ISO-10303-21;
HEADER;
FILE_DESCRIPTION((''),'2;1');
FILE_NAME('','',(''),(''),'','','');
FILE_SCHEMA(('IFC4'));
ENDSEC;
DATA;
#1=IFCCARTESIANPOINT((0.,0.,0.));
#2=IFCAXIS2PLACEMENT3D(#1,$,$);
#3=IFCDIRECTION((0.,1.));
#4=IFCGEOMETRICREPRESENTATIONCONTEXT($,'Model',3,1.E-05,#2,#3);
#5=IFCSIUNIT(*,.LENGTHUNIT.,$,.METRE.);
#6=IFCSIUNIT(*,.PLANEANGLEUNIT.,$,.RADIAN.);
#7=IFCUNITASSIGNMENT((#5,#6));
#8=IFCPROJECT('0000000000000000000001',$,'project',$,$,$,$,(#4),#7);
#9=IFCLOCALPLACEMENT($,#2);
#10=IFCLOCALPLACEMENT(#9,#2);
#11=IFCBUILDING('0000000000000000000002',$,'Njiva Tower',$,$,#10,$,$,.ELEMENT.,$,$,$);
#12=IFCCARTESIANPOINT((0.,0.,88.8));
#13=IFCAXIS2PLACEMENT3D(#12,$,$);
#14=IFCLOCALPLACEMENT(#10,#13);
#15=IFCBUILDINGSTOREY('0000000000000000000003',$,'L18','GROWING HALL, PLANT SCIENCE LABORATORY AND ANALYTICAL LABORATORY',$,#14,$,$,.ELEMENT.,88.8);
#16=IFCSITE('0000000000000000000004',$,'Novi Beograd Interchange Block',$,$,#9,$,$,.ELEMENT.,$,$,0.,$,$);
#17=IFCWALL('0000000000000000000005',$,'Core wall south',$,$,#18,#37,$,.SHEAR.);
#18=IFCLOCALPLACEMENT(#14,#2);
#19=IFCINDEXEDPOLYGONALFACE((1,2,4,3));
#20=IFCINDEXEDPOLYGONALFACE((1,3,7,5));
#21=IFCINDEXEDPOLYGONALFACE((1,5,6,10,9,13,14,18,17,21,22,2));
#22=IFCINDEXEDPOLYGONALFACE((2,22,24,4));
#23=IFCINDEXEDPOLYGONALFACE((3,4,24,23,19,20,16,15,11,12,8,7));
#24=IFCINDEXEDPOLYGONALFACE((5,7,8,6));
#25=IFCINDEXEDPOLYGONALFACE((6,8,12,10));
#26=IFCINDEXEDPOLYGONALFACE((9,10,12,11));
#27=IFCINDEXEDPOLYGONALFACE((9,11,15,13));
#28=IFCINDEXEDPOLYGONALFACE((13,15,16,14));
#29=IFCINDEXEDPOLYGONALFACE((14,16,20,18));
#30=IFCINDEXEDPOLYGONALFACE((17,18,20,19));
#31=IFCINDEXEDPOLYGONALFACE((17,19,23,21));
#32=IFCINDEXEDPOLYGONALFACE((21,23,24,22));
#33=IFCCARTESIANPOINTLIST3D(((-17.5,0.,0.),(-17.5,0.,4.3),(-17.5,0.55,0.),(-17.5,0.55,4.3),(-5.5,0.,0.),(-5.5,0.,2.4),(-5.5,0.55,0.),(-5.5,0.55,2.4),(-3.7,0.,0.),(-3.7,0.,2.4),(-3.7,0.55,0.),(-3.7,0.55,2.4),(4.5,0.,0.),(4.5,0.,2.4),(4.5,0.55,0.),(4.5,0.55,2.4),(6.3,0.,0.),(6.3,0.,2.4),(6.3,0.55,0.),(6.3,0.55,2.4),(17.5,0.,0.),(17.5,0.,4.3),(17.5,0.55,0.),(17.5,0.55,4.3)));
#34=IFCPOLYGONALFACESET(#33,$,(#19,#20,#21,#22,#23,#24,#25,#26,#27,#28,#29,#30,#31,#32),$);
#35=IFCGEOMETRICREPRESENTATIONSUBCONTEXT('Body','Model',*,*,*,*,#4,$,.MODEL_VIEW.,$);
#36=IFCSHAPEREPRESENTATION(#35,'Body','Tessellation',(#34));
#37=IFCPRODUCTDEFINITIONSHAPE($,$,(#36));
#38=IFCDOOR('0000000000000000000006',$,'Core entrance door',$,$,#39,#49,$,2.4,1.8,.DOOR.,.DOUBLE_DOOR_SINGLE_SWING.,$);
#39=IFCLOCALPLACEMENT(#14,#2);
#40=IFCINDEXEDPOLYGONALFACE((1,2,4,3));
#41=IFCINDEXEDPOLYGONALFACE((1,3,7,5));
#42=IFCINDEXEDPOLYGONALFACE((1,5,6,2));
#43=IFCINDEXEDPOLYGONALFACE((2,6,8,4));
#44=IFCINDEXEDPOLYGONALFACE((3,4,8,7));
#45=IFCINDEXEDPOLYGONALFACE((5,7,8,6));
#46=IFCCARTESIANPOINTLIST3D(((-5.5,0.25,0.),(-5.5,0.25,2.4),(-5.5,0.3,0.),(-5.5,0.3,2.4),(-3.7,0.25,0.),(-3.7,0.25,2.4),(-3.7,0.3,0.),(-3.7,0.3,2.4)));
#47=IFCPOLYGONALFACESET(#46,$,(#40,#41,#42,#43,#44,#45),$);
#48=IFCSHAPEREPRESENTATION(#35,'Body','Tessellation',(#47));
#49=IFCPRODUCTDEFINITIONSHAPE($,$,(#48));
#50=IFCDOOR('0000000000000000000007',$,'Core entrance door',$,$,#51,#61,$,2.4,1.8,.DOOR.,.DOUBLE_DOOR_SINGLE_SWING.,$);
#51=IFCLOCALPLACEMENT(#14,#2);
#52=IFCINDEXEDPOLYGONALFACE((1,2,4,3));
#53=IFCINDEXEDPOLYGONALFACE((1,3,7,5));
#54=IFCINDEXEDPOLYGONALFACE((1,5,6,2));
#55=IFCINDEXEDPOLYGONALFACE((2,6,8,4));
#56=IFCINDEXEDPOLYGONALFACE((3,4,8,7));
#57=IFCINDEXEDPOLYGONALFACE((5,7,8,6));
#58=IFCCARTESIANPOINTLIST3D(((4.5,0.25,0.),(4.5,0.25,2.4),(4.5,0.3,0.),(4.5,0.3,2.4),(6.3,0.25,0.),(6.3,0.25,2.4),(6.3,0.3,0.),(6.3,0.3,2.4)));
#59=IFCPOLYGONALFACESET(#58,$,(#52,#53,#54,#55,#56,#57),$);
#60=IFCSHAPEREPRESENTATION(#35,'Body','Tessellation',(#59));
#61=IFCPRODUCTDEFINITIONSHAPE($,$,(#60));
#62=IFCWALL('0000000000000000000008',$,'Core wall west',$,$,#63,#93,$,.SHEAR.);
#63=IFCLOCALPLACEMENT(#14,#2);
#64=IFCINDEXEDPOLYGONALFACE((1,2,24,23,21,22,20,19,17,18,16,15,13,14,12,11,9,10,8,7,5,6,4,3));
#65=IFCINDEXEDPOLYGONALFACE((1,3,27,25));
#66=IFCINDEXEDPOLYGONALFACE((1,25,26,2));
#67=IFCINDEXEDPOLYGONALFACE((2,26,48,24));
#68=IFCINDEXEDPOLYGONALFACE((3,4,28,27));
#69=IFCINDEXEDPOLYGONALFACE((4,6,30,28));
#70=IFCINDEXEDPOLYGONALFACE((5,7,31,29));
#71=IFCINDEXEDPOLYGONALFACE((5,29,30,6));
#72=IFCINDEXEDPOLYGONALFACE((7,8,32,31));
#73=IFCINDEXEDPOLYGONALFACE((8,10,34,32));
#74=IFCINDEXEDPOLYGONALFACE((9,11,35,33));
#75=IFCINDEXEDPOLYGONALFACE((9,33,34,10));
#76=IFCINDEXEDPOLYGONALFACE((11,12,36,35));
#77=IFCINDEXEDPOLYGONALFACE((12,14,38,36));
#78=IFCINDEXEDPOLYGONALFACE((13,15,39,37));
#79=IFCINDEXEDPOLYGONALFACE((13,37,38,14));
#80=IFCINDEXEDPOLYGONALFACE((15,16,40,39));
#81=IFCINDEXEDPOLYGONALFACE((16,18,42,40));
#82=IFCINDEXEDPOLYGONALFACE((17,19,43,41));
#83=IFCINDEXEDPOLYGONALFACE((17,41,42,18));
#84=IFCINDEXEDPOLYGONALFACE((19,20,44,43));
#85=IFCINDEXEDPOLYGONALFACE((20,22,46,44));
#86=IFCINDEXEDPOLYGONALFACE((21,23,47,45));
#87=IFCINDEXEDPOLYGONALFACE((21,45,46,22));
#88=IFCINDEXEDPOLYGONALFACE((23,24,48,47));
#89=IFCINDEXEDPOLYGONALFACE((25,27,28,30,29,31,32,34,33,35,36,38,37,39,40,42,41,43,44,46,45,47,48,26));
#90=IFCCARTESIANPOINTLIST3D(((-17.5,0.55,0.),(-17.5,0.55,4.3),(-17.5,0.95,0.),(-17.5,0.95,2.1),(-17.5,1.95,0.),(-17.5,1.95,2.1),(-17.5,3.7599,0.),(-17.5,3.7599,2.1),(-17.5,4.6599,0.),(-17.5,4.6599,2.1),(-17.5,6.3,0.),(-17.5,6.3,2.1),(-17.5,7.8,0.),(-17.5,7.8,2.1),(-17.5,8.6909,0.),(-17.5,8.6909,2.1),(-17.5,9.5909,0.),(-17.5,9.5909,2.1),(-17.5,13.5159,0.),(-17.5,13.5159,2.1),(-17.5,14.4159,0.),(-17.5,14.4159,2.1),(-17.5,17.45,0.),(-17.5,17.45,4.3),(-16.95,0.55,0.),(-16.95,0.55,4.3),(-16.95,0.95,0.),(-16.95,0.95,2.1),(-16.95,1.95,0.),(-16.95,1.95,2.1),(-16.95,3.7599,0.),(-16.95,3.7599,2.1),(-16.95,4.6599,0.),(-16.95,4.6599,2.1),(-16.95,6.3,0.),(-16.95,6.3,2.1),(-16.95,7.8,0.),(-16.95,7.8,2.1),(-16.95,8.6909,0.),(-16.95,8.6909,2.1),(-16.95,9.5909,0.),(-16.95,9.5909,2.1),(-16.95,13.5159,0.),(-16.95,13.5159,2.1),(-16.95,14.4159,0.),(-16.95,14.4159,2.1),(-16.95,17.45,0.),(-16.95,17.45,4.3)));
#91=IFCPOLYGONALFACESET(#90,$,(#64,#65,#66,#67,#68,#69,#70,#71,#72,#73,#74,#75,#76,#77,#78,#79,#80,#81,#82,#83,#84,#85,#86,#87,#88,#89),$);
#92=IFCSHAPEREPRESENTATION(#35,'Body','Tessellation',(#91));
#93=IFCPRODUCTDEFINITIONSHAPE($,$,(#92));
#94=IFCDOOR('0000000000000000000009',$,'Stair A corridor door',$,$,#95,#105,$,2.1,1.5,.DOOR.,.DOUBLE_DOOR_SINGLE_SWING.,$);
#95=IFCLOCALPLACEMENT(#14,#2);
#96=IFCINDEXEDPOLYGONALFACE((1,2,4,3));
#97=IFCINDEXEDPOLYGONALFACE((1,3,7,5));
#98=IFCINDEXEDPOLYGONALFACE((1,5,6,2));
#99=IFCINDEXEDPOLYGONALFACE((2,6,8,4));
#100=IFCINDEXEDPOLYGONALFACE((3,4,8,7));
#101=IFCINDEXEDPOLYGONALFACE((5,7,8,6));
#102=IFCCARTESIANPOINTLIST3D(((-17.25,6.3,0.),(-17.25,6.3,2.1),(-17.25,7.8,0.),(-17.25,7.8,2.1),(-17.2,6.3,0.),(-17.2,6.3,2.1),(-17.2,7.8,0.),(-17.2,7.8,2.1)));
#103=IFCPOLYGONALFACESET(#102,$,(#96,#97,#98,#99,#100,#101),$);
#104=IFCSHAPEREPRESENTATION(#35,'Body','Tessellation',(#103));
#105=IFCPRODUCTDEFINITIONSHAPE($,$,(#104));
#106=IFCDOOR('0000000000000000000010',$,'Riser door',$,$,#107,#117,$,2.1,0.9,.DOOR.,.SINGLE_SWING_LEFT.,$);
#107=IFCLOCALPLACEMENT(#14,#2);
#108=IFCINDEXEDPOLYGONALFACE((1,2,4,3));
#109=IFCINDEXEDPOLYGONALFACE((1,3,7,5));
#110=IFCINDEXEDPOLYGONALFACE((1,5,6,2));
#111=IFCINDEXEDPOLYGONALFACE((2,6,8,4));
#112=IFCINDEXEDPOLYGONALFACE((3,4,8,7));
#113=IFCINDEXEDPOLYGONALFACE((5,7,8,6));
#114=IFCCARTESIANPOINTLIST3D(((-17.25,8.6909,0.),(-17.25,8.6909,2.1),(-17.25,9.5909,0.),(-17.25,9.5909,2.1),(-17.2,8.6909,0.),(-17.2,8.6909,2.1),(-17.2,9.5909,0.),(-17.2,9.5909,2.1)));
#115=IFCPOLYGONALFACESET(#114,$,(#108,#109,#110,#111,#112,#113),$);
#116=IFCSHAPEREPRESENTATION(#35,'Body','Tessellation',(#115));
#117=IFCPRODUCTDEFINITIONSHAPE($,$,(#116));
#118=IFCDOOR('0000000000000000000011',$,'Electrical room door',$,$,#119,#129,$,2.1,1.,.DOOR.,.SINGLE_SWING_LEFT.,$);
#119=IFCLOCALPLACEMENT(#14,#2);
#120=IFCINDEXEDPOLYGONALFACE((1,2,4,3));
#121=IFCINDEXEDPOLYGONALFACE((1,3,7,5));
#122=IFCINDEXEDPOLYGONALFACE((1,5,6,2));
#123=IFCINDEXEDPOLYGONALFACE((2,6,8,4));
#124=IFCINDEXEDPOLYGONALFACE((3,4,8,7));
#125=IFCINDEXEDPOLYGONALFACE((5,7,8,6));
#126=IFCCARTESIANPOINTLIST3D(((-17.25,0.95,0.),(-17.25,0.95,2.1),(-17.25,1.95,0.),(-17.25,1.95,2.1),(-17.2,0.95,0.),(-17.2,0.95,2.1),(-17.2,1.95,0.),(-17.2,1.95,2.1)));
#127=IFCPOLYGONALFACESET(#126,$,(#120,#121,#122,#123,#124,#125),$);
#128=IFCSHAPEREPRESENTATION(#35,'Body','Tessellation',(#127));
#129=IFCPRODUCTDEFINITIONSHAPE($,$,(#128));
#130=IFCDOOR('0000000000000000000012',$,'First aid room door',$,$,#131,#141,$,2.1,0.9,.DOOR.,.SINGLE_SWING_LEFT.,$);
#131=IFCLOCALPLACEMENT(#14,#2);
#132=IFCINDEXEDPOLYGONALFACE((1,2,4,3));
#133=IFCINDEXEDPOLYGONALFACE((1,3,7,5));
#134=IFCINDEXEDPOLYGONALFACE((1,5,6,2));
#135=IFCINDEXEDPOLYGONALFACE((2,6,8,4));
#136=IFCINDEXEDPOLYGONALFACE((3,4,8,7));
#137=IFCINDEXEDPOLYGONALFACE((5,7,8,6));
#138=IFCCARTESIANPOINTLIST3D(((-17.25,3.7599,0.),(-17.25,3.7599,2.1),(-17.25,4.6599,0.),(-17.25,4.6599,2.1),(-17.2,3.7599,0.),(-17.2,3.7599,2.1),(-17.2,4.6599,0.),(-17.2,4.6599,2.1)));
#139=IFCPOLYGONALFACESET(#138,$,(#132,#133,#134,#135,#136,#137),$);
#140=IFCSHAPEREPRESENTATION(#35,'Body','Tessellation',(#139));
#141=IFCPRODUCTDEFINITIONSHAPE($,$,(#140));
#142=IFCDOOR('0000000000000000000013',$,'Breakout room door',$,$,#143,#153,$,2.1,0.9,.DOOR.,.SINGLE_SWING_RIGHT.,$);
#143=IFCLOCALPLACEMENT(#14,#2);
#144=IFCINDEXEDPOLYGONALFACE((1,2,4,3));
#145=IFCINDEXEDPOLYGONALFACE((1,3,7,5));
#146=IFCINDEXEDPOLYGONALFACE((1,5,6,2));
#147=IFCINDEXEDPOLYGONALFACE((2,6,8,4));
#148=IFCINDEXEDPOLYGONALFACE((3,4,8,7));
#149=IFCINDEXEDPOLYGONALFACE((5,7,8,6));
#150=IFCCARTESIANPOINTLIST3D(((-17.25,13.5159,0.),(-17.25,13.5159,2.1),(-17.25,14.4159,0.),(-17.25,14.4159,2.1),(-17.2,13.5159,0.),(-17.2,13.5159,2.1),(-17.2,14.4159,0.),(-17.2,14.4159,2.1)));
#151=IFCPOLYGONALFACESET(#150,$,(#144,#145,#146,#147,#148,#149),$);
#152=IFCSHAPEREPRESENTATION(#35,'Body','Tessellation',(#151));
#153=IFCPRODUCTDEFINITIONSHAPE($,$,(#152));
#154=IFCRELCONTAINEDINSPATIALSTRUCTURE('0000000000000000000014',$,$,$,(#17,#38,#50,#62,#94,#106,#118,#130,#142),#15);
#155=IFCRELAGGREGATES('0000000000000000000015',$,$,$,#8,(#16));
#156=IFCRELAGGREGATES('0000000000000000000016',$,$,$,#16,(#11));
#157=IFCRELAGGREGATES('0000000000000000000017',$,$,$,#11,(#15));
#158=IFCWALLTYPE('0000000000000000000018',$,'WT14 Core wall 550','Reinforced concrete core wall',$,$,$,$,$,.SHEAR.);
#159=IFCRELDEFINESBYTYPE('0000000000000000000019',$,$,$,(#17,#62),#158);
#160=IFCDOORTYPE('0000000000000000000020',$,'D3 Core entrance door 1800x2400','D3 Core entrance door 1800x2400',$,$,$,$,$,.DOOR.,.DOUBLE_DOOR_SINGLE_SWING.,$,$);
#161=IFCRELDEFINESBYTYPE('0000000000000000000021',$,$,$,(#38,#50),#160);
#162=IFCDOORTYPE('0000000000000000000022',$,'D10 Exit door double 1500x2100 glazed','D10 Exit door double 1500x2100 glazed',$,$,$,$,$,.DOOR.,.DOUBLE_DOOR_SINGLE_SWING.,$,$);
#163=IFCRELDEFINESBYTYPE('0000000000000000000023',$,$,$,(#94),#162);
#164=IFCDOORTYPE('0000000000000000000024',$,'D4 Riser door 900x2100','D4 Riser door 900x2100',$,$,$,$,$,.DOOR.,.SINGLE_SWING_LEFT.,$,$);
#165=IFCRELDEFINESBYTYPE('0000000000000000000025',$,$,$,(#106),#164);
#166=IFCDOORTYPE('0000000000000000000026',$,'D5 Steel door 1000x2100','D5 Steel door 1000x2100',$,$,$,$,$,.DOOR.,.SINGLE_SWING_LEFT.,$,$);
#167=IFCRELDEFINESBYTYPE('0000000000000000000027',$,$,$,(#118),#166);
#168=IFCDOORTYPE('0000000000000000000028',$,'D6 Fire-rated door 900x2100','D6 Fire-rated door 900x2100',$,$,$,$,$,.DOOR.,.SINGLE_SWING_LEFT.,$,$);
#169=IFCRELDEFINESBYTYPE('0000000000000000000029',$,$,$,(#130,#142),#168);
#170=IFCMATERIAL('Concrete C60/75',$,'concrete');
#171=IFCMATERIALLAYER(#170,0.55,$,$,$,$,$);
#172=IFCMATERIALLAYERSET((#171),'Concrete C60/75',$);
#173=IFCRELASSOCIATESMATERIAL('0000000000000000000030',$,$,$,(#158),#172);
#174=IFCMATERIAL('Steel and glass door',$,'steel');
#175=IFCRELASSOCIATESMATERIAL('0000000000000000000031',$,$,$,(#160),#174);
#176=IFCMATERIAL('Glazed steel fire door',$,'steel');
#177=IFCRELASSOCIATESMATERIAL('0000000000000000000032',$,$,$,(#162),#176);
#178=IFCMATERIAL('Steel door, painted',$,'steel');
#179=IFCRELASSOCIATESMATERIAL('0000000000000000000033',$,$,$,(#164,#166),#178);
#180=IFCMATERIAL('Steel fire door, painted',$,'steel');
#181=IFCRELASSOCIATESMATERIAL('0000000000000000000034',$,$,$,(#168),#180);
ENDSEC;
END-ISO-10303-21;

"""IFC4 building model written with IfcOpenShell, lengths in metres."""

from ifc_helpers import new_model, si_unit, direction, frame, frame_2d, origin, place, context, subcontext, project, spatial, rectangle, extrude, material, layer, layer_set, type_object, element, fill, save


model = new_model("IFC4")

# Units and contexts
model_context = context("Model", 3, precision=1e-05, world=origin(), true_north=direction((0.0, 1.0)))
body_context = subcontext(model_context, "Body", "Model", "MODEL_VIEW")
ifc_project = project(units=[si_unit("LENGTHUNIT", "METRE"), si_unit("PLANEANGLEUNIT", "RADIAN")], contexts=[model_context])

# Site, building, storey
site_placement = place(None, origin())
site = spatial("IfcSite", under=ifc_project, at=site_placement, Name="Novi Beograd Interchange Block", CompositionType="ELEMENT", RefElevation=0.0)
building_placement = place(site_placement, origin())
building = spatial("IfcBuilding", under=site, at=building_placement, Name="Njiva Tower", CompositionType="ELEMENT")
storey_placement = place(building_placement, frame((0.0, 0.0, 88.8)))
storey = spatial("IfcBuildingStorey", under=building, at=storey_placement, Name="L18", Description="GROWING HALL, PLANT SCIENCE LABORATORY AND ANALYTICAL LABORATORY", CompositionType="ELEMENT", Elevation=88.8)

# Walls, openings, doors
ifc_material_1 = material(Name="Concrete C60/75", Category="concrete")
ifc_layer_1 = layer(ifc_material_1, 0.55)
ifc_layer_set_1 = layer_set([ifc_layer_1], Name="Concrete C60/75")
wall_type_1 = type_object("IfcWallType", Name="WT14 Core wall 550", Description="Reinforced concrete core wall", PredefinedType="SHEAR", material=ifc_layer_set_1)
wall_1_placement = place(storey_placement, frame((-17.5, 0.275, 0.0), z_axis=(0.0, 0.0, 1.0), x_axis=(1.0, 0.0, 0.0)))
wall_1 = element("IfcWall", 1, at=wall_1_placement, inside=storey, type_object=wall_type_1, Name="Core wall south", PredefinedType="SHEAR", context=body_context, shape_type="SweptSolid", body=[
    extrude(rectangle(XDim=35.0, YDim=0.55, at=frame_2d((17.5, 0.0))), origin(), (0.0, 0.0, 1.0), 4.3),
])
opening_1_placement = place(wall_1_placement, frame((12.0, 0.0, 0.0)))
opening_1 = element("IfcOpeningElement", 2, at=opening_1_placement, cuts=wall_1, PredefinedType="OPENING", context=body_context, shape_type="SweptSolid", body=[
    extrude(rectangle(XDim=1.8, YDim=2.4, at=frame_2d((0.9, 1.2))), frame((0.0, 0.285, 0.0), z_axis=(0.0, -1.0, 0.0), x_axis=(1.0, 0.0, 0.0)), (0.0, 0.0, 1.0), 0.57),
])
opening_2_placement = place(wall_1_placement, frame((22.0, 0.0, 0.0)))
opening_2 = element("IfcOpeningElement", 3, at=opening_2_placement, cuts=wall_1, PredefinedType="OPENING", context=body_context, shape_type="SweptSolid", body=[
    extrude(rectangle(XDim=1.8, YDim=2.4, at=frame_2d((0.9, 1.2))), frame((0.0, 0.285, 0.0), z_axis=(0.0, -1.0, 0.0), x_axis=(1.0, 0.0, 0.0)), (0.0, 0.0, 1.0), 0.57),
])
ifc_material_2 = material(Name="Steel and glass door", Category="steel")
door_type_1 = type_object("IfcDoorType", Name="D3 Core entrance door 1800x2400", Description="D3 Core entrance door 1800x2400", OperationType="DOUBLE_DOOR_SINGLE_SWING", PredefinedType="DOOR", material=ifc_material_2)
door_1_placement = place(opening_1_placement, origin())
door_1 = element("IfcDoor", 4, at=door_1_placement, inside=storey, type_object=door_type_1, Name="Core entrance door", OperationType="DOUBLE_DOOR_SINGLE_SWING", OverallHeight=2.4, OverallWidth=1.8, PredefinedType="DOOR", context=body_context, shape_type="SweptSolid", body=[
    extrude(rectangle(XDim=1.8, YDim=2.4, at=frame_2d((0.9, 1.2))), frame((0.0, 0.025, 0.0), z_axis=(0.0, -1.0, 0.0), x_axis=(1.0, 0.0, 0.0)), (0.0, 0.0, 1.0), 0.05),
])
fill(opening_1, door_1)
door_2_placement = place(opening_2_placement, origin())
door_2 = element("IfcDoor", 5, at=door_2_placement, inside=storey, type_object=door_type_1, Name="Core entrance door", OperationType="DOUBLE_DOOR_SINGLE_SWING", OverallHeight=2.4, OverallWidth=1.8, PredefinedType="DOOR", context=body_context, shape_type="SweptSolid", body=[
    extrude(rectangle(XDim=1.8, YDim=2.4, at=frame_2d((0.9, 1.2))), frame((0.0, 0.025, 0.0), z_axis=(0.0, -1.0, 0.0), x_axis=(1.0, 0.0, 0.0)), (0.0, 0.0, 1.0), 0.05),
])
fill(opening_2, door_2)
wall_2_placement = place(storey_placement, frame((-17.225, 0.55, 0.0), z_axis=(0.0, 0.0, 1.0), x_axis=(0.0, 1.0, 0.0)))
wall_2 = element("IfcWall", 6, at=wall_2_placement, inside=storey, type_object=wall_type_1, Name="Core wall west", PredefinedType="SHEAR", context=body_context, shape_type="SweptSolid", body=[
    extrude(rectangle(XDim=16.9, YDim=0.55, at=frame_2d((8.45, 0.0))), origin(), (0.0, 0.0, 1.0), 4.3),
])
opening_3_placement = place(wall_2_placement, frame((5.75, 0.0, 0.0)))
opening_3 = element("IfcOpeningElement", 7, at=opening_3_placement, cuts=wall_2, PredefinedType="OPENING", context=body_context, shape_type="SweptSolid", body=[
    extrude(rectangle(XDim=1.5, YDim=2.1, at=frame_2d((0.75, 1.05))), frame((0.0, 0.285, 0.0), z_axis=(0.0, -1.0, 0.0), x_axis=(1.0, 0.0, 0.0)), (0.0, 0.0, 1.0), 0.57),
])
opening_4_placement = place(wall_2_placement, frame((0.4, 0.0, 0.0)))
opening_4 = element("IfcOpeningElement", 8, at=opening_4_placement, cuts=wall_2, PredefinedType="OPENING", context=body_context, shape_type="SweptSolid", body=[
    extrude(rectangle(XDim=1.0, YDim=2.1, at=frame_2d((0.5, 1.05))), frame((0.0, 0.285, 0.0), z_axis=(0.0, -1.0, 0.0), x_axis=(1.0, 0.0, 0.0)), (0.0, 0.0, 1.0), 0.57),
])
opening_5_placement = place(wall_2_placement, frame((3.2099, 0.0, 0.0)))
opening_5 = element("IfcOpeningElement", 9, at=opening_5_placement, cuts=wall_2, PredefinedType="OPENING", context=body_context, shape_type="SweptSolid", body=[
    extrude(rectangle(XDim=0.9, YDim=2.1, at=frame_2d((0.45, 1.05))), frame((0.0, 0.285, 0.0), z_axis=(0.0, -1.0, 0.0), x_axis=(1.0, 0.0, 0.0)), (0.0, 0.0, 1.0), 0.57),
])
opening_6_placement = place(wall_2_placement, frame((8.1409, 0.0, 0.0)))
opening_6 = element("IfcOpeningElement", 10, at=opening_6_placement, cuts=wall_2, PredefinedType="OPENING", context=body_context, shape_type="SweptSolid", body=[
    extrude(rectangle(XDim=0.9, YDim=2.1, at=frame_2d((0.45, 1.05))), frame((0.0, 0.285, 0.0), z_axis=(0.0, -1.0, 0.0), x_axis=(1.0, 0.0, 0.0)), (0.0, 0.0, 1.0), 0.57),
])
opening_7_placement = place(wall_2_placement, frame((12.9659, 0.0, 0.0)))
opening_7 = element("IfcOpeningElement", 11, at=opening_7_placement, cuts=wall_2, PredefinedType="OPENING", context=body_context, shape_type="SweptSolid", body=[
    extrude(rectangle(XDim=0.9, YDim=2.1, at=frame_2d((0.45, 1.05))), frame((0.0, 0.285, 0.0), z_axis=(0.0, -1.0, 0.0), x_axis=(1.0, 0.0, 0.0)), (0.0, 0.0, 1.0), 0.57),
])
ifc_material_3 = material(Name="Glazed steel fire door", Category="steel")
door_type_2 = type_object("IfcDoorType", Name="D10 Exit door double 1500x2100 glazed", Description="D10 Exit door double 1500x2100 glazed", OperationType="DOUBLE_DOOR_SINGLE_SWING", PredefinedType="DOOR", material=ifc_material_3)
door_3_placement = place(opening_3_placement, origin())
door_3 = element("IfcDoor", 12, at=door_3_placement, inside=storey, type_object=door_type_2, Name="Stair A corridor door", OperationType="DOUBLE_DOOR_SINGLE_SWING", OverallHeight=2.1, OverallWidth=1.5, PredefinedType="DOOR", context=body_context, shape_type="SweptSolid", body=[
    extrude(rectangle(XDim=1.5, YDim=2.1, at=frame_2d((0.75, 1.05))), frame((0.0, 0.025, 0.0), z_axis=(0.0, -1.0, 0.0), x_axis=(1.0, 0.0, 0.0)), (0.0, 0.0, 1.0), 0.05),
])
fill(opening_3, door_3)
ifc_material_4 = material(Name="Steel door, painted", Category="steel")
door_type_3 = type_object("IfcDoorType", Name="D4 Riser door 900x2100", Description="D4 Riser door 900x2100", OperationType="SINGLE_SWING_LEFT", PredefinedType="DOOR", material=ifc_material_4)
door_4_placement = place(opening_6_placement, origin())
door_4 = element("IfcDoor", 13, at=door_4_placement, inside=storey, type_object=door_type_3, Name="Riser door", OperationType="SINGLE_SWING_LEFT", OverallHeight=2.1, OverallWidth=0.9, PredefinedType="DOOR", context=body_context, shape_type="SweptSolid", body=[
    extrude(rectangle(XDim=0.9, YDim=2.1, at=frame_2d((0.45, 1.05))), frame((0.0, 0.025, 0.0), z_axis=(0.0, -1.0, 0.0), x_axis=(1.0, 0.0, 0.0)), (0.0, 0.0, 1.0), 0.05),
])
fill(opening_6, door_4)
door_type_4 = type_object("IfcDoorType", Name="D5 Steel door 1000x2100", Description="D5 Steel door 1000x2100", OperationType="SINGLE_SWING_LEFT", PredefinedType="DOOR", material=ifc_material_4)
door_5_placement = place(opening_4_placement, origin())
door_5 = element("IfcDoor", 14, at=door_5_placement, inside=storey, type_object=door_type_4, Name="Electrical room door", OperationType="SINGLE_SWING_LEFT", OverallHeight=2.1, OverallWidth=1.0, PredefinedType="DOOR", context=body_context, shape_type="SweptSolid", body=[
    extrude(rectangle(XDim=1.0, YDim=2.1, at=frame_2d((0.5, 1.05))), frame((0.0, 0.025, 0.0), z_axis=(0.0, -1.0, 0.0), x_axis=(1.0, 0.0, 0.0)), (0.0, 0.0, 1.0), 0.05),
])
fill(opening_4, door_5)
ifc_material_5 = material(Name="Steel fire door, painted", Category="steel")
door_type_5 = type_object("IfcDoorType", Name="D6 Fire-rated door 900x2100", Description="D6 Fire-rated door 900x2100", OperationType="SINGLE_SWING_LEFT", PredefinedType="DOOR", material=ifc_material_5)
door_6_placement = place(opening_5_placement, origin())
door_6 = element("IfcDoor", 15, at=door_6_placement, inside=storey, type_object=door_type_5, Name="First aid room door", OperationType="SINGLE_SWING_LEFT", OverallHeight=2.1, OverallWidth=0.9, PredefinedType="DOOR", context=body_context, shape_type="SweptSolid", body=[
    extrude(rectangle(XDim=0.9, YDim=2.1, at=frame_2d((0.45, 1.05))), frame((0.0, 0.025, 0.0), z_axis=(0.0, -1.0, 0.0), x_axis=(1.0, 0.0, 0.0)), (0.0, 0.0, 1.0), 0.05),
])
fill(opening_5, door_6)
door_7_placement = place(opening_7_placement, origin())
door_7 = element("IfcDoor", 16, at=door_7_placement, inside=storey, type_object=door_type_5, Name="Breakout room door", OperationType="SINGLE_SWING_RIGHT", OverallHeight=2.1, OverallWidth=0.9, PredefinedType="DOOR", context=body_context, shape_type="SweptSolid", body=[
    extrude(rectangle(XDim=0.9, YDim=2.1, at=frame_2d((0.45, 1.05))), frame((0.0, 0.025, 0.0), z_axis=(0.0, -1.0, 0.0), x_axis=(1.0, 0.0, 0.0)), (0.0, 0.0, 1.0), 0.05),
])
fill(opening_7, door_7)

save(model, "model.ifc")
